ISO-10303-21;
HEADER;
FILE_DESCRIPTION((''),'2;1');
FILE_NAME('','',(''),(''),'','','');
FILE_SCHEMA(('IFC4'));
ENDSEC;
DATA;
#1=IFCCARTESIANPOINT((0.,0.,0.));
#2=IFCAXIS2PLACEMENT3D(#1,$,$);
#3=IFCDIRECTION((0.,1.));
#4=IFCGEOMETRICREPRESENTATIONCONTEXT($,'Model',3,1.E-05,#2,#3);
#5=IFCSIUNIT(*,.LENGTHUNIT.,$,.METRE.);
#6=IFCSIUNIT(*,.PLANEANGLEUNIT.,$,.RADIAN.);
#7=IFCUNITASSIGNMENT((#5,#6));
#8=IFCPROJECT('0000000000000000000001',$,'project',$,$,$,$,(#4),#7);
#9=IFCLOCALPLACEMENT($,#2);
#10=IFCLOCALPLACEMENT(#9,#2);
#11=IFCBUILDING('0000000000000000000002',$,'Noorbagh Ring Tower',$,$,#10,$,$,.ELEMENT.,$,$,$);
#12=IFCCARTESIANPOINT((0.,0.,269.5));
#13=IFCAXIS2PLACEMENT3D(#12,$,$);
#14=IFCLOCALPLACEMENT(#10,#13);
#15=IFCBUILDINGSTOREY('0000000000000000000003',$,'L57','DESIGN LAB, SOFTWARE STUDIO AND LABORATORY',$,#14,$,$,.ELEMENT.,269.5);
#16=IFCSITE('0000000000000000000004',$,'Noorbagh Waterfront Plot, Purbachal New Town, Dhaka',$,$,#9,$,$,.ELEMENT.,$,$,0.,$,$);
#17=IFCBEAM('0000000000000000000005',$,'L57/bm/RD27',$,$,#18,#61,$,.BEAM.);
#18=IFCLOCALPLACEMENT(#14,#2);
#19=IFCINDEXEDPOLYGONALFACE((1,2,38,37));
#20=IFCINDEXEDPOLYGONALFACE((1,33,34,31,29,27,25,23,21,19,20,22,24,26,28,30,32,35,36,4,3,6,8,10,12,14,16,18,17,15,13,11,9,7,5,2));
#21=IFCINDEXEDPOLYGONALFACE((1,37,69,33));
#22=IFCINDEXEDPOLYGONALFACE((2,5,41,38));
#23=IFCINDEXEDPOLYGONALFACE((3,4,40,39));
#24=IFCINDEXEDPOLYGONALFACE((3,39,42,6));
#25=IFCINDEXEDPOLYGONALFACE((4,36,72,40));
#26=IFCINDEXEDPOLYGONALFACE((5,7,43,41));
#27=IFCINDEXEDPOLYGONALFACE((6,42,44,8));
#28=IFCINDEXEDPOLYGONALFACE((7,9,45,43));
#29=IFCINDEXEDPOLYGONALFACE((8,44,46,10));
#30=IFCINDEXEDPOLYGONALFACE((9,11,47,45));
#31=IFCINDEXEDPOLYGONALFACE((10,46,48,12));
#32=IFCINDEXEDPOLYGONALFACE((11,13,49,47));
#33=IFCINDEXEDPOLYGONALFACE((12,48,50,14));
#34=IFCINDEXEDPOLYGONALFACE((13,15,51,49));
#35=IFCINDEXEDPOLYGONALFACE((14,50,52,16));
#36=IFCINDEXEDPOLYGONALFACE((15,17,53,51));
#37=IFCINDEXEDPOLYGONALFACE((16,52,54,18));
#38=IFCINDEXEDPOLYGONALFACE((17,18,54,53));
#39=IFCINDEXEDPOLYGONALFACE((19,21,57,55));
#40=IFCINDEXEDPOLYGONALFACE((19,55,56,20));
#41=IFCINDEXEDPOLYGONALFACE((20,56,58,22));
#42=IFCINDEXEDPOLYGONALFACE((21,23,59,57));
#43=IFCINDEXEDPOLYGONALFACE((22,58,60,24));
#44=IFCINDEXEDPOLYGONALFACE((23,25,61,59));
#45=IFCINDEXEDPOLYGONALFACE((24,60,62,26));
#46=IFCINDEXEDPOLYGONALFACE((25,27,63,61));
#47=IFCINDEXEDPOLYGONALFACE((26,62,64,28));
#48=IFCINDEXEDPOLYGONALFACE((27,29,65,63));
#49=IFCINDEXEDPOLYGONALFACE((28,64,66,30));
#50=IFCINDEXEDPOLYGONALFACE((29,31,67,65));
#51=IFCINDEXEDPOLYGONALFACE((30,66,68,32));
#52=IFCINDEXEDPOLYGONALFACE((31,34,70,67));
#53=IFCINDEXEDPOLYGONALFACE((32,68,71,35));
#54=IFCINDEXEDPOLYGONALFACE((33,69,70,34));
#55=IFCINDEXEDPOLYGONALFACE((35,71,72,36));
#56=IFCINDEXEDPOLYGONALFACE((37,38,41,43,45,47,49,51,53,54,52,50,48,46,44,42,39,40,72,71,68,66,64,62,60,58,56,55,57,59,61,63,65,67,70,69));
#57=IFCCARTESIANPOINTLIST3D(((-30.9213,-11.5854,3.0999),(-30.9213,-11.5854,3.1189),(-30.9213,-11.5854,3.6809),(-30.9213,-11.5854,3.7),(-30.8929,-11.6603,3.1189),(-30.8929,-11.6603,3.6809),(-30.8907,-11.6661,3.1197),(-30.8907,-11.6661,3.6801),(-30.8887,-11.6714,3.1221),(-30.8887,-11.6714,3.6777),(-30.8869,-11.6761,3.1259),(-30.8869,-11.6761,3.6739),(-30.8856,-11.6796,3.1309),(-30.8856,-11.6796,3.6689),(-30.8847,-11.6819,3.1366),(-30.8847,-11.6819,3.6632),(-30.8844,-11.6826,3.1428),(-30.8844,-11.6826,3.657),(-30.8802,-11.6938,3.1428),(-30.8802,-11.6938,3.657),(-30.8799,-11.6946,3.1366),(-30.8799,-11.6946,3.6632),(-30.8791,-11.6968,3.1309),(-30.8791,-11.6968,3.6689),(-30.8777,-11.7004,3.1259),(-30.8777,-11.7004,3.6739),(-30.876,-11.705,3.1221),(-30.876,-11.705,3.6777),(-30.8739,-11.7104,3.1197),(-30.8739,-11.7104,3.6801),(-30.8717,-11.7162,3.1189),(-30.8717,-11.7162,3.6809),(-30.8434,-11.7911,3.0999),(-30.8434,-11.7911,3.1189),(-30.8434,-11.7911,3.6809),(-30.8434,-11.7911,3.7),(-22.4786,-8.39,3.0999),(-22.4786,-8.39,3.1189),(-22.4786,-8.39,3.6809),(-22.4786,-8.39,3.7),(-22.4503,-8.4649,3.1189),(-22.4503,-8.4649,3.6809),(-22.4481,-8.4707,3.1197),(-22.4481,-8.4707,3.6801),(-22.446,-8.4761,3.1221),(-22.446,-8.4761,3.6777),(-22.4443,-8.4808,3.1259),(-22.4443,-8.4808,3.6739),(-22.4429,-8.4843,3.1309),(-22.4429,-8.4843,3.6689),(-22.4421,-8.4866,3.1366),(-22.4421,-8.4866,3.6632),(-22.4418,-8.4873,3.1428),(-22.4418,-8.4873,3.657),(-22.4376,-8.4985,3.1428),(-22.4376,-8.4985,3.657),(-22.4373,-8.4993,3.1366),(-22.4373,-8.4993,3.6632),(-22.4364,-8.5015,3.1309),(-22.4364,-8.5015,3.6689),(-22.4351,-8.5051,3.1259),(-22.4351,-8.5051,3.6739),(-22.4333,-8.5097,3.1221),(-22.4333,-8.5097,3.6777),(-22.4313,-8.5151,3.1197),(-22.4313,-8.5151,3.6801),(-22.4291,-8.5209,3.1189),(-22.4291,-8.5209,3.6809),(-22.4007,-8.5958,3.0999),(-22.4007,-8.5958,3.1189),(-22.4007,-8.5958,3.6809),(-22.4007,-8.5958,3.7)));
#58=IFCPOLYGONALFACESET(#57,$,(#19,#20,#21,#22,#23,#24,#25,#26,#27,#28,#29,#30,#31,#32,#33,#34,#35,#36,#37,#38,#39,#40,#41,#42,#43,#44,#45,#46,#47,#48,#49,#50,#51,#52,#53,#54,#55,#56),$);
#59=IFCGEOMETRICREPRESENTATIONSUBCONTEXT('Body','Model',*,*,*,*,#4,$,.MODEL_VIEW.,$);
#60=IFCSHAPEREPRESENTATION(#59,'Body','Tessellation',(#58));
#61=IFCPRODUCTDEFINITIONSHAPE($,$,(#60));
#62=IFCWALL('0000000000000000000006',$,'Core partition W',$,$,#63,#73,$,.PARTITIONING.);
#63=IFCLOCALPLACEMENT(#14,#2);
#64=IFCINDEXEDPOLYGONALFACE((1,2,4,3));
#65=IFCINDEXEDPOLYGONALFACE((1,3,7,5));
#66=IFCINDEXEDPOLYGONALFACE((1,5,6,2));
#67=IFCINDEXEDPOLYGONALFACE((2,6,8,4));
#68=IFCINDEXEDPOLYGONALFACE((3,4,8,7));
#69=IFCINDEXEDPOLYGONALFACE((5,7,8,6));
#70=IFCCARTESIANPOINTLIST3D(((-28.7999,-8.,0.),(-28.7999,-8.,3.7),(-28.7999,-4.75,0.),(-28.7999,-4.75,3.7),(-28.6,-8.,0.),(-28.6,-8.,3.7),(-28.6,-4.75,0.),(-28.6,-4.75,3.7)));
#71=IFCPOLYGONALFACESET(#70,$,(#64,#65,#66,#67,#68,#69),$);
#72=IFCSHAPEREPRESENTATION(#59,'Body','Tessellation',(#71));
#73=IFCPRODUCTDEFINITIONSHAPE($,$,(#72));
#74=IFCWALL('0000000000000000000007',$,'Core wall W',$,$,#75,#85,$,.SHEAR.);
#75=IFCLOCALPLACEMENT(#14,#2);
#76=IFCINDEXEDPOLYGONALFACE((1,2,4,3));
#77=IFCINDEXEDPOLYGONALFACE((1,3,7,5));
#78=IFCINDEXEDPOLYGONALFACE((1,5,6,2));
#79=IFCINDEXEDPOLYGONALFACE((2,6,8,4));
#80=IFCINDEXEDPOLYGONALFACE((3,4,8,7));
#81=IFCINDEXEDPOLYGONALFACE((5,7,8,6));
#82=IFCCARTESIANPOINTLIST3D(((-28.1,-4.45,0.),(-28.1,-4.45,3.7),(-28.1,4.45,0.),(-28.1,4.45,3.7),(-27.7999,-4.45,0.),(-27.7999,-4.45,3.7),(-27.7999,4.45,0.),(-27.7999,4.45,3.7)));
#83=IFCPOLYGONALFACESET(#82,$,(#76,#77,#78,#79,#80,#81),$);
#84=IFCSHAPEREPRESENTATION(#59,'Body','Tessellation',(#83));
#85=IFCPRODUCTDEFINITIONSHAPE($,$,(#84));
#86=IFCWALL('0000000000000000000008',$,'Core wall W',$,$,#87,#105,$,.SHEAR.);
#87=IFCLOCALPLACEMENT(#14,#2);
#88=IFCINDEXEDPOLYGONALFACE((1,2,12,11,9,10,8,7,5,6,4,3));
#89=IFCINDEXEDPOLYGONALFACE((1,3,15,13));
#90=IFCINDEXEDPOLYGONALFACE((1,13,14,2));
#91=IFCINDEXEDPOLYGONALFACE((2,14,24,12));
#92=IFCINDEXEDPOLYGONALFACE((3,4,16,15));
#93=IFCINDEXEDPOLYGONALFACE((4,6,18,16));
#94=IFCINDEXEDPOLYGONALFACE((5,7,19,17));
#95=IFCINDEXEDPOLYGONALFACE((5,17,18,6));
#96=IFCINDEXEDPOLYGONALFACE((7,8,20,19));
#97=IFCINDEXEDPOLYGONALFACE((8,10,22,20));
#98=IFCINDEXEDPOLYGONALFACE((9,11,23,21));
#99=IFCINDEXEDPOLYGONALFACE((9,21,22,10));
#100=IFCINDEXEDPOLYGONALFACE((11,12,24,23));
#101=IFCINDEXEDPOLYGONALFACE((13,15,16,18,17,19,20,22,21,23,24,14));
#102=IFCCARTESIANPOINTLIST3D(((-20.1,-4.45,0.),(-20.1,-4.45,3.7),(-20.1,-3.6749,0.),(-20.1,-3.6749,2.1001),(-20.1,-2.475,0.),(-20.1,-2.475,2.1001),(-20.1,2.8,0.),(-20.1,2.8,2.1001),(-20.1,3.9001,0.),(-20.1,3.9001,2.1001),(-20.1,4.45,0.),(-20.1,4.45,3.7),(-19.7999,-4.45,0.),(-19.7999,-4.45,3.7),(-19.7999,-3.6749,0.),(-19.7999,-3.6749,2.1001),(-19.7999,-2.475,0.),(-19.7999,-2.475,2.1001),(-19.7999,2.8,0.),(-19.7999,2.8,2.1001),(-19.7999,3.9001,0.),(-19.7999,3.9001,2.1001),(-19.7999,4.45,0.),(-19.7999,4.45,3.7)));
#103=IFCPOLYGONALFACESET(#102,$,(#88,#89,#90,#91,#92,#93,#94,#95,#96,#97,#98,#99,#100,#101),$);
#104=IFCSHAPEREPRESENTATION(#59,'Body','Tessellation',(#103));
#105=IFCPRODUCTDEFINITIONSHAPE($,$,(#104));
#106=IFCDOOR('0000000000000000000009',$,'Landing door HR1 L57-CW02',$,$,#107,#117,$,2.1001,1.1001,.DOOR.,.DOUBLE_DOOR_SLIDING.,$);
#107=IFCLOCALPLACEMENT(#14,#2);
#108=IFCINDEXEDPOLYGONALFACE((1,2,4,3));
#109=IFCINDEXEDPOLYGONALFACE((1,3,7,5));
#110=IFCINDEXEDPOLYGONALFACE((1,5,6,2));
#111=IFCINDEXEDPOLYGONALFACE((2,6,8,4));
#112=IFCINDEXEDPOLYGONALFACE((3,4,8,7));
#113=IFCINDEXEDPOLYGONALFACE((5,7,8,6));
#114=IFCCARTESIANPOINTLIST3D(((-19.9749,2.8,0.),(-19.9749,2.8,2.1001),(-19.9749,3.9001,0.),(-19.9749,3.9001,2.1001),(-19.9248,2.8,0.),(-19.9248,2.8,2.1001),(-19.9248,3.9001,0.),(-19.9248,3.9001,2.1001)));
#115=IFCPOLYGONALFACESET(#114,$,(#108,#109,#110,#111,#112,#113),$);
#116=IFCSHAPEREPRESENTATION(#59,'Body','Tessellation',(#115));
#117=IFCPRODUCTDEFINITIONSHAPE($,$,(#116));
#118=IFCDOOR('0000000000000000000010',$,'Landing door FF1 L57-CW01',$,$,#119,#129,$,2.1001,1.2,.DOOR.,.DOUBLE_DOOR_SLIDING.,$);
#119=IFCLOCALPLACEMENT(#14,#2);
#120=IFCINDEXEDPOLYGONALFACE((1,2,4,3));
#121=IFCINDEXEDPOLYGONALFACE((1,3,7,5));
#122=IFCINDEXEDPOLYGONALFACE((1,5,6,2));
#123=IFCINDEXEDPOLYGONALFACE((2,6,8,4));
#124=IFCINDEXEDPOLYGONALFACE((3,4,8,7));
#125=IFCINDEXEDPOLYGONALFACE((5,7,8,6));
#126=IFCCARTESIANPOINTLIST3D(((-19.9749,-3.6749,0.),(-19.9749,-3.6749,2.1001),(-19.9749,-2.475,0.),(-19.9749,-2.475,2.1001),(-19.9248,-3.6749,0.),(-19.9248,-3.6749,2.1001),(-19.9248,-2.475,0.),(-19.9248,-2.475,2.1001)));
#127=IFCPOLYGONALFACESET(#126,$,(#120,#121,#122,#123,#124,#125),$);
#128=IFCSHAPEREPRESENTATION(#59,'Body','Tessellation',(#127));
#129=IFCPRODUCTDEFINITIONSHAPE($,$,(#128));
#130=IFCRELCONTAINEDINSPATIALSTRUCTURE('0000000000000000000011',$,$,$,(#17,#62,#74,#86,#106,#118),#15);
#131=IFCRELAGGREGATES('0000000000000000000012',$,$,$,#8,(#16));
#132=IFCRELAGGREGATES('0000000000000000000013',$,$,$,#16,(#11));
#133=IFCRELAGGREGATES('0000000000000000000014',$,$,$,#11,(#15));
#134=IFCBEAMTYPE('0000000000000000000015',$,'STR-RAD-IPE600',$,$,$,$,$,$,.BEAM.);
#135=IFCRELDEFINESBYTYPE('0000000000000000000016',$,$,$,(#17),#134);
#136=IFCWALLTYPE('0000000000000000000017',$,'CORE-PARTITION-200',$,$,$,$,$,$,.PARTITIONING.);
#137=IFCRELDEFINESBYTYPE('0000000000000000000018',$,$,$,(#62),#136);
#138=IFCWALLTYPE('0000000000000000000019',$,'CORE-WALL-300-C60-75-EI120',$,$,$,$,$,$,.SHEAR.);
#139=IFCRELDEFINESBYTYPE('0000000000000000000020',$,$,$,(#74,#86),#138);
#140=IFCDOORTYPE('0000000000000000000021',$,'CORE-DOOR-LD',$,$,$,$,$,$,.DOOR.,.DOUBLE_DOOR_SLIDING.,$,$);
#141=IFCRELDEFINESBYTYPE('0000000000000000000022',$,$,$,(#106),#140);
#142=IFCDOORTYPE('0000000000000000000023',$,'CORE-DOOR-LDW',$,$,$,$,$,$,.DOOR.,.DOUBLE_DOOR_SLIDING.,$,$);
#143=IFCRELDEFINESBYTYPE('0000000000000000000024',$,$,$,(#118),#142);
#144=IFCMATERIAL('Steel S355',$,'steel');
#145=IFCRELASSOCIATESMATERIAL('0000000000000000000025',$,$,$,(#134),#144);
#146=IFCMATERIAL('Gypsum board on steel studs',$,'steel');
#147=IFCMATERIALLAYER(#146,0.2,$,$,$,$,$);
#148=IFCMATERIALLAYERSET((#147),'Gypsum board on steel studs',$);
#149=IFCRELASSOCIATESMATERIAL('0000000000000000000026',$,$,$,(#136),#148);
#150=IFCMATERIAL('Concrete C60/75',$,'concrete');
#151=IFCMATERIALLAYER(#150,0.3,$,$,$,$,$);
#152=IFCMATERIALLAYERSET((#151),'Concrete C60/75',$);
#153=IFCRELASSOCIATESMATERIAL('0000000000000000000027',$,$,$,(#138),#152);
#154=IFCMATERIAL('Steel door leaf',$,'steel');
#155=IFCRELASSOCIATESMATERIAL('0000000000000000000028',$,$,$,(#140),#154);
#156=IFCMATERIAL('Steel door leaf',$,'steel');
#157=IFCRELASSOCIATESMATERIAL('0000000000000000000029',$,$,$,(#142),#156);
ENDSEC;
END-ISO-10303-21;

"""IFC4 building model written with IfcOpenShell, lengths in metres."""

from ifc_helpers import new_model, si_unit, direction, frame, frame_2d, origin, origin_2d, place, context, subcontext, project, spatial, rectangle, i_section, extrude, material, layer, layer_set, material_profile, profile_set, type_object, element, fill, save


model = new_model("IFC4")

# Units and contexts
model_context = context("Model", 3, precision=1e-05, world=origin(), true_north=direction((0.0, 1.0)))
body_context = subcontext(model_context, "Body", "Model", "MODEL_VIEW")
ifc_project = project(units=[si_unit("LENGTHUNIT", "METRE"), si_unit("PLANEANGLEUNIT", "RADIAN")], contexts=[model_context])

# Site, building, storey
site_placement = place(None, origin())
site = spatial("IfcSite", under=ifc_project, at=site_placement, Name="Noorbagh Waterfront Plot, Purbachal New Town, Dhaka", CompositionType="ELEMENT", RefElevation=0.0)
building_placement = place(site_placement, origin())
building = spatial("IfcBuilding", under=site, at=building_placement, Name="Noorbagh Ring Tower", CompositionType="ELEMENT")
storey_placement = place(building_placement, frame((0.0, 0.0, 269.5)))
storey = spatial("IfcBuildingStorey", under=building, at=storey_placement, Name="L57", Description="DESIGN LAB, SOFTWARE STUDIO AND LABORATORY", CompositionType="ELEMENT", Elevation=269.5)

# Beam
ifc_material_1 = material(Name="Steel S355", Category="steel")
ifc_material_profile = material_profile(ifc_material_1, i_section(OverallWidth=0.22, OverallDepth=0.6001, WebThickness=0.012, FlangeThickness=0.019, FilletRadius=0.0239, at=origin_2d()), Name="IPE600")
ifc_profile_set = profile_set([ifc_material_profile], Name="Steel S355")
beam_type = type_object("IfcBeamType", Name="STR-RAD-IPE600", PredefinedType="BEAM", material=ifc_profile_set)
beam_placement = place(storey_placement, frame((-30.8823, -11.6882, 3.3999), z_axis=(0.935257, 0.35397, 0.0), x_axis=(-0.35397, 0.935257, 0.0)))
element("IfcBeam", 1, at=beam_placement, inside=storey, type_object=beam_type, Name="L57/bm/RD27", PredefinedType="BEAM", context=body_context, shape_type="SweptSolid", body=[
    extrude(i_section(OverallWidth=0.22, OverallDepth=0.6001, WebThickness=0.012, FlangeThickness=0.019, FilletRadius=0.0239, at=origin_2d()), origin(), (0.0, 0.0, 1.0), 9.0271),
])

# Walls
ifc_material_2 = material(Name="Gypsum board on steel studs", Category="steel")
ifc_layer_1 = layer(ifc_material_2, 0.2)
ifc_layer_set_1 = layer_set([ifc_layer_1], Name="Gypsum board on steel studs")
wall_type_1 = type_object("IfcWallType", Name="CORE-PARTITION-200", PredefinedType="PARTITIONING", material=ifc_layer_set_1)
wall_1_placement = place(storey_placement, frame((-28.7, -8.0, 0.0), z_axis=(0.0, 0.0, 1.0), x_axis=(0.0, 1.0, 0.0)))
element("IfcWall", 2, at=wall_1_placement, inside=storey, type_object=wall_type_1, Name="Core partition W", PredefinedType="PARTITIONING", context=body_context, shape_type="SweptSolid", body=[
    extrude(rectangle(XDim=3.25, YDim=0.2, at=frame_2d((1.625, 0.0))), origin(), (0.0, 0.0, 1.0), 3.7),
])
ifc_material_3 = material(Name="Concrete C60/75", Category="concrete")
ifc_layer_2 = layer(ifc_material_3, 0.3)
ifc_layer_set_2 = layer_set([ifc_layer_2], Name="Concrete C60/75")
wall_type_2 = type_object("IfcWallType", Name="CORE-WALL-300-C60-75-EI120", PredefinedType="SHEAR", material=ifc_layer_set_2)
wall_2_placement = place(storey_placement, frame((-27.95, -4.45, 0.0), z_axis=(0.0, 0.0, 1.0), x_axis=(0.0, 1.0, 0.0)))
element("IfcWall", 3, at=wall_2_placement, inside=storey, type_object=wall_type_2, Name="Core wall W", PredefinedType="SHEAR", context=body_context, shape_type="SweptSolid", body=[
    extrude(rectangle(XDim=8.8999, YDim=0.3, at=frame_2d((4.45, 0.0))), origin(), (0.0, 0.0, 1.0), 3.7),
])

# Wall, openings, doors
wall_3_placement = place(storey_placement, frame((-19.95, -4.45, 0.0), z_axis=(0.0, 0.0, 1.0), x_axis=(0.0, 1.0, 0.0)))
wall_3 = element("IfcWall", 4, at=wall_3_placement, inside=storey, type_object=wall_type_2, Name="Core wall W", PredefinedType="SHEAR", context=body_context, shape_type="SweptSolid", body=[
    extrude(rectangle(XDim=8.8999, YDim=0.3, at=frame_2d((4.45, 0.0))), origin(), (0.0, 0.0, 1.0), 3.7),
])
opening_1_placement = place(wall_3_placement, frame((0.7749, 0.0, 0.0)))
opening_1 = element("IfcOpeningElement", 5, at=opening_1_placement, cuts=wall_3, PredefinedType="OPENING", context=body_context, shape_type="SweptSolid", body=[
    extrude(rectangle(XDim=1.2, YDim=2.1001, at=frame_2d((0.6001, 1.05))), frame((0.0, 0.1602, 0.0), z_axis=(0.0, -1.0, 0.0), x_axis=(1.0, 0.0, 0.0)), (0.0, 0.0, 1.0), 0.3201),
])
opening_2_placement = place(wall_3_placement, frame((7.25, 0.0, 0.0)))
opening_2 = element("IfcOpeningElement", 6, at=opening_2_placement, cuts=wall_3, PredefinedType="OPENING", context=body_context, shape_type="SweptSolid", body=[
    extrude(rectangle(XDim=1.1001, YDim=2.1001, at=frame_2d((0.55, 1.05))), frame((0.0, 0.1602, 0.0), z_axis=(0.0, -1.0, 0.0), x_axis=(1.0, 0.0, 0.0)), (0.0, 0.0, 1.0), 0.3201),
])
ifc_material_4 = material(Name="Steel door leaf", Category="steel")
door_type_1 = type_object("IfcDoorType", Name="CORE-DOOR-LD", OperationType="DOUBLE_DOOR_SLIDING", PredefinedType="DOOR", material=ifc_material_4)
door_1_placement = place(opening_2_placement, origin())
door_1 = element("IfcDoor", 7, at=door_1_placement, inside=storey, type_object=door_type_1, Name="Landing door HR1 L57-CW02", OperationType="DOUBLE_DOOR_SLIDING", OverallHeight=2.1001, OverallWidth=1.1001, PredefinedType="DOOR", context=body_context, shape_type="SweptSolid", body=[
    extrude(rectangle(XDim=1.1001, YDim=2.1001, at=frame_2d((0.55, 1.05))), frame((0.0, 0.0249, 0.0), z_axis=(0.0, -1.0, 0.0), x_axis=(1.0, 0.0, 0.0)), (0.0, 0.0, 1.0), 0.05),
])
fill(opening_2, door_1)
ifc_material_5 = material(Name="Steel door leaf", Category="steel")
door_type_2 = type_object("IfcDoorType", Name="CORE-DOOR-LDW", OperationType="DOUBLE_DOOR_SLIDING", PredefinedType="DOOR", material=ifc_material_5)
door_2_placement = place(opening_1_placement, origin())
door_2 = element("IfcDoor", 8, at=door_2_placement, inside=storey, type_object=door_type_2, Name="Landing door FF1 L57-CW01", OperationType="DOUBLE_DOOR_SLIDING", OverallHeight=2.1001, OverallWidth=1.2, PredefinedType="DOOR", context=body_context, shape_type="SweptSolid", body=[
    extrude(rectangle(XDim=1.2, YDim=2.1001, at=frame_2d((0.6001, 1.05))), frame((0.0, 0.0249, 0.0), z_axis=(0.0, -1.0, 0.0), x_axis=(1.0, 0.0, 0.0)), (0.0, 0.0, 1.0), 0.05),
])
fill(opening_1, door_2)

save(model, "model.ifc")
